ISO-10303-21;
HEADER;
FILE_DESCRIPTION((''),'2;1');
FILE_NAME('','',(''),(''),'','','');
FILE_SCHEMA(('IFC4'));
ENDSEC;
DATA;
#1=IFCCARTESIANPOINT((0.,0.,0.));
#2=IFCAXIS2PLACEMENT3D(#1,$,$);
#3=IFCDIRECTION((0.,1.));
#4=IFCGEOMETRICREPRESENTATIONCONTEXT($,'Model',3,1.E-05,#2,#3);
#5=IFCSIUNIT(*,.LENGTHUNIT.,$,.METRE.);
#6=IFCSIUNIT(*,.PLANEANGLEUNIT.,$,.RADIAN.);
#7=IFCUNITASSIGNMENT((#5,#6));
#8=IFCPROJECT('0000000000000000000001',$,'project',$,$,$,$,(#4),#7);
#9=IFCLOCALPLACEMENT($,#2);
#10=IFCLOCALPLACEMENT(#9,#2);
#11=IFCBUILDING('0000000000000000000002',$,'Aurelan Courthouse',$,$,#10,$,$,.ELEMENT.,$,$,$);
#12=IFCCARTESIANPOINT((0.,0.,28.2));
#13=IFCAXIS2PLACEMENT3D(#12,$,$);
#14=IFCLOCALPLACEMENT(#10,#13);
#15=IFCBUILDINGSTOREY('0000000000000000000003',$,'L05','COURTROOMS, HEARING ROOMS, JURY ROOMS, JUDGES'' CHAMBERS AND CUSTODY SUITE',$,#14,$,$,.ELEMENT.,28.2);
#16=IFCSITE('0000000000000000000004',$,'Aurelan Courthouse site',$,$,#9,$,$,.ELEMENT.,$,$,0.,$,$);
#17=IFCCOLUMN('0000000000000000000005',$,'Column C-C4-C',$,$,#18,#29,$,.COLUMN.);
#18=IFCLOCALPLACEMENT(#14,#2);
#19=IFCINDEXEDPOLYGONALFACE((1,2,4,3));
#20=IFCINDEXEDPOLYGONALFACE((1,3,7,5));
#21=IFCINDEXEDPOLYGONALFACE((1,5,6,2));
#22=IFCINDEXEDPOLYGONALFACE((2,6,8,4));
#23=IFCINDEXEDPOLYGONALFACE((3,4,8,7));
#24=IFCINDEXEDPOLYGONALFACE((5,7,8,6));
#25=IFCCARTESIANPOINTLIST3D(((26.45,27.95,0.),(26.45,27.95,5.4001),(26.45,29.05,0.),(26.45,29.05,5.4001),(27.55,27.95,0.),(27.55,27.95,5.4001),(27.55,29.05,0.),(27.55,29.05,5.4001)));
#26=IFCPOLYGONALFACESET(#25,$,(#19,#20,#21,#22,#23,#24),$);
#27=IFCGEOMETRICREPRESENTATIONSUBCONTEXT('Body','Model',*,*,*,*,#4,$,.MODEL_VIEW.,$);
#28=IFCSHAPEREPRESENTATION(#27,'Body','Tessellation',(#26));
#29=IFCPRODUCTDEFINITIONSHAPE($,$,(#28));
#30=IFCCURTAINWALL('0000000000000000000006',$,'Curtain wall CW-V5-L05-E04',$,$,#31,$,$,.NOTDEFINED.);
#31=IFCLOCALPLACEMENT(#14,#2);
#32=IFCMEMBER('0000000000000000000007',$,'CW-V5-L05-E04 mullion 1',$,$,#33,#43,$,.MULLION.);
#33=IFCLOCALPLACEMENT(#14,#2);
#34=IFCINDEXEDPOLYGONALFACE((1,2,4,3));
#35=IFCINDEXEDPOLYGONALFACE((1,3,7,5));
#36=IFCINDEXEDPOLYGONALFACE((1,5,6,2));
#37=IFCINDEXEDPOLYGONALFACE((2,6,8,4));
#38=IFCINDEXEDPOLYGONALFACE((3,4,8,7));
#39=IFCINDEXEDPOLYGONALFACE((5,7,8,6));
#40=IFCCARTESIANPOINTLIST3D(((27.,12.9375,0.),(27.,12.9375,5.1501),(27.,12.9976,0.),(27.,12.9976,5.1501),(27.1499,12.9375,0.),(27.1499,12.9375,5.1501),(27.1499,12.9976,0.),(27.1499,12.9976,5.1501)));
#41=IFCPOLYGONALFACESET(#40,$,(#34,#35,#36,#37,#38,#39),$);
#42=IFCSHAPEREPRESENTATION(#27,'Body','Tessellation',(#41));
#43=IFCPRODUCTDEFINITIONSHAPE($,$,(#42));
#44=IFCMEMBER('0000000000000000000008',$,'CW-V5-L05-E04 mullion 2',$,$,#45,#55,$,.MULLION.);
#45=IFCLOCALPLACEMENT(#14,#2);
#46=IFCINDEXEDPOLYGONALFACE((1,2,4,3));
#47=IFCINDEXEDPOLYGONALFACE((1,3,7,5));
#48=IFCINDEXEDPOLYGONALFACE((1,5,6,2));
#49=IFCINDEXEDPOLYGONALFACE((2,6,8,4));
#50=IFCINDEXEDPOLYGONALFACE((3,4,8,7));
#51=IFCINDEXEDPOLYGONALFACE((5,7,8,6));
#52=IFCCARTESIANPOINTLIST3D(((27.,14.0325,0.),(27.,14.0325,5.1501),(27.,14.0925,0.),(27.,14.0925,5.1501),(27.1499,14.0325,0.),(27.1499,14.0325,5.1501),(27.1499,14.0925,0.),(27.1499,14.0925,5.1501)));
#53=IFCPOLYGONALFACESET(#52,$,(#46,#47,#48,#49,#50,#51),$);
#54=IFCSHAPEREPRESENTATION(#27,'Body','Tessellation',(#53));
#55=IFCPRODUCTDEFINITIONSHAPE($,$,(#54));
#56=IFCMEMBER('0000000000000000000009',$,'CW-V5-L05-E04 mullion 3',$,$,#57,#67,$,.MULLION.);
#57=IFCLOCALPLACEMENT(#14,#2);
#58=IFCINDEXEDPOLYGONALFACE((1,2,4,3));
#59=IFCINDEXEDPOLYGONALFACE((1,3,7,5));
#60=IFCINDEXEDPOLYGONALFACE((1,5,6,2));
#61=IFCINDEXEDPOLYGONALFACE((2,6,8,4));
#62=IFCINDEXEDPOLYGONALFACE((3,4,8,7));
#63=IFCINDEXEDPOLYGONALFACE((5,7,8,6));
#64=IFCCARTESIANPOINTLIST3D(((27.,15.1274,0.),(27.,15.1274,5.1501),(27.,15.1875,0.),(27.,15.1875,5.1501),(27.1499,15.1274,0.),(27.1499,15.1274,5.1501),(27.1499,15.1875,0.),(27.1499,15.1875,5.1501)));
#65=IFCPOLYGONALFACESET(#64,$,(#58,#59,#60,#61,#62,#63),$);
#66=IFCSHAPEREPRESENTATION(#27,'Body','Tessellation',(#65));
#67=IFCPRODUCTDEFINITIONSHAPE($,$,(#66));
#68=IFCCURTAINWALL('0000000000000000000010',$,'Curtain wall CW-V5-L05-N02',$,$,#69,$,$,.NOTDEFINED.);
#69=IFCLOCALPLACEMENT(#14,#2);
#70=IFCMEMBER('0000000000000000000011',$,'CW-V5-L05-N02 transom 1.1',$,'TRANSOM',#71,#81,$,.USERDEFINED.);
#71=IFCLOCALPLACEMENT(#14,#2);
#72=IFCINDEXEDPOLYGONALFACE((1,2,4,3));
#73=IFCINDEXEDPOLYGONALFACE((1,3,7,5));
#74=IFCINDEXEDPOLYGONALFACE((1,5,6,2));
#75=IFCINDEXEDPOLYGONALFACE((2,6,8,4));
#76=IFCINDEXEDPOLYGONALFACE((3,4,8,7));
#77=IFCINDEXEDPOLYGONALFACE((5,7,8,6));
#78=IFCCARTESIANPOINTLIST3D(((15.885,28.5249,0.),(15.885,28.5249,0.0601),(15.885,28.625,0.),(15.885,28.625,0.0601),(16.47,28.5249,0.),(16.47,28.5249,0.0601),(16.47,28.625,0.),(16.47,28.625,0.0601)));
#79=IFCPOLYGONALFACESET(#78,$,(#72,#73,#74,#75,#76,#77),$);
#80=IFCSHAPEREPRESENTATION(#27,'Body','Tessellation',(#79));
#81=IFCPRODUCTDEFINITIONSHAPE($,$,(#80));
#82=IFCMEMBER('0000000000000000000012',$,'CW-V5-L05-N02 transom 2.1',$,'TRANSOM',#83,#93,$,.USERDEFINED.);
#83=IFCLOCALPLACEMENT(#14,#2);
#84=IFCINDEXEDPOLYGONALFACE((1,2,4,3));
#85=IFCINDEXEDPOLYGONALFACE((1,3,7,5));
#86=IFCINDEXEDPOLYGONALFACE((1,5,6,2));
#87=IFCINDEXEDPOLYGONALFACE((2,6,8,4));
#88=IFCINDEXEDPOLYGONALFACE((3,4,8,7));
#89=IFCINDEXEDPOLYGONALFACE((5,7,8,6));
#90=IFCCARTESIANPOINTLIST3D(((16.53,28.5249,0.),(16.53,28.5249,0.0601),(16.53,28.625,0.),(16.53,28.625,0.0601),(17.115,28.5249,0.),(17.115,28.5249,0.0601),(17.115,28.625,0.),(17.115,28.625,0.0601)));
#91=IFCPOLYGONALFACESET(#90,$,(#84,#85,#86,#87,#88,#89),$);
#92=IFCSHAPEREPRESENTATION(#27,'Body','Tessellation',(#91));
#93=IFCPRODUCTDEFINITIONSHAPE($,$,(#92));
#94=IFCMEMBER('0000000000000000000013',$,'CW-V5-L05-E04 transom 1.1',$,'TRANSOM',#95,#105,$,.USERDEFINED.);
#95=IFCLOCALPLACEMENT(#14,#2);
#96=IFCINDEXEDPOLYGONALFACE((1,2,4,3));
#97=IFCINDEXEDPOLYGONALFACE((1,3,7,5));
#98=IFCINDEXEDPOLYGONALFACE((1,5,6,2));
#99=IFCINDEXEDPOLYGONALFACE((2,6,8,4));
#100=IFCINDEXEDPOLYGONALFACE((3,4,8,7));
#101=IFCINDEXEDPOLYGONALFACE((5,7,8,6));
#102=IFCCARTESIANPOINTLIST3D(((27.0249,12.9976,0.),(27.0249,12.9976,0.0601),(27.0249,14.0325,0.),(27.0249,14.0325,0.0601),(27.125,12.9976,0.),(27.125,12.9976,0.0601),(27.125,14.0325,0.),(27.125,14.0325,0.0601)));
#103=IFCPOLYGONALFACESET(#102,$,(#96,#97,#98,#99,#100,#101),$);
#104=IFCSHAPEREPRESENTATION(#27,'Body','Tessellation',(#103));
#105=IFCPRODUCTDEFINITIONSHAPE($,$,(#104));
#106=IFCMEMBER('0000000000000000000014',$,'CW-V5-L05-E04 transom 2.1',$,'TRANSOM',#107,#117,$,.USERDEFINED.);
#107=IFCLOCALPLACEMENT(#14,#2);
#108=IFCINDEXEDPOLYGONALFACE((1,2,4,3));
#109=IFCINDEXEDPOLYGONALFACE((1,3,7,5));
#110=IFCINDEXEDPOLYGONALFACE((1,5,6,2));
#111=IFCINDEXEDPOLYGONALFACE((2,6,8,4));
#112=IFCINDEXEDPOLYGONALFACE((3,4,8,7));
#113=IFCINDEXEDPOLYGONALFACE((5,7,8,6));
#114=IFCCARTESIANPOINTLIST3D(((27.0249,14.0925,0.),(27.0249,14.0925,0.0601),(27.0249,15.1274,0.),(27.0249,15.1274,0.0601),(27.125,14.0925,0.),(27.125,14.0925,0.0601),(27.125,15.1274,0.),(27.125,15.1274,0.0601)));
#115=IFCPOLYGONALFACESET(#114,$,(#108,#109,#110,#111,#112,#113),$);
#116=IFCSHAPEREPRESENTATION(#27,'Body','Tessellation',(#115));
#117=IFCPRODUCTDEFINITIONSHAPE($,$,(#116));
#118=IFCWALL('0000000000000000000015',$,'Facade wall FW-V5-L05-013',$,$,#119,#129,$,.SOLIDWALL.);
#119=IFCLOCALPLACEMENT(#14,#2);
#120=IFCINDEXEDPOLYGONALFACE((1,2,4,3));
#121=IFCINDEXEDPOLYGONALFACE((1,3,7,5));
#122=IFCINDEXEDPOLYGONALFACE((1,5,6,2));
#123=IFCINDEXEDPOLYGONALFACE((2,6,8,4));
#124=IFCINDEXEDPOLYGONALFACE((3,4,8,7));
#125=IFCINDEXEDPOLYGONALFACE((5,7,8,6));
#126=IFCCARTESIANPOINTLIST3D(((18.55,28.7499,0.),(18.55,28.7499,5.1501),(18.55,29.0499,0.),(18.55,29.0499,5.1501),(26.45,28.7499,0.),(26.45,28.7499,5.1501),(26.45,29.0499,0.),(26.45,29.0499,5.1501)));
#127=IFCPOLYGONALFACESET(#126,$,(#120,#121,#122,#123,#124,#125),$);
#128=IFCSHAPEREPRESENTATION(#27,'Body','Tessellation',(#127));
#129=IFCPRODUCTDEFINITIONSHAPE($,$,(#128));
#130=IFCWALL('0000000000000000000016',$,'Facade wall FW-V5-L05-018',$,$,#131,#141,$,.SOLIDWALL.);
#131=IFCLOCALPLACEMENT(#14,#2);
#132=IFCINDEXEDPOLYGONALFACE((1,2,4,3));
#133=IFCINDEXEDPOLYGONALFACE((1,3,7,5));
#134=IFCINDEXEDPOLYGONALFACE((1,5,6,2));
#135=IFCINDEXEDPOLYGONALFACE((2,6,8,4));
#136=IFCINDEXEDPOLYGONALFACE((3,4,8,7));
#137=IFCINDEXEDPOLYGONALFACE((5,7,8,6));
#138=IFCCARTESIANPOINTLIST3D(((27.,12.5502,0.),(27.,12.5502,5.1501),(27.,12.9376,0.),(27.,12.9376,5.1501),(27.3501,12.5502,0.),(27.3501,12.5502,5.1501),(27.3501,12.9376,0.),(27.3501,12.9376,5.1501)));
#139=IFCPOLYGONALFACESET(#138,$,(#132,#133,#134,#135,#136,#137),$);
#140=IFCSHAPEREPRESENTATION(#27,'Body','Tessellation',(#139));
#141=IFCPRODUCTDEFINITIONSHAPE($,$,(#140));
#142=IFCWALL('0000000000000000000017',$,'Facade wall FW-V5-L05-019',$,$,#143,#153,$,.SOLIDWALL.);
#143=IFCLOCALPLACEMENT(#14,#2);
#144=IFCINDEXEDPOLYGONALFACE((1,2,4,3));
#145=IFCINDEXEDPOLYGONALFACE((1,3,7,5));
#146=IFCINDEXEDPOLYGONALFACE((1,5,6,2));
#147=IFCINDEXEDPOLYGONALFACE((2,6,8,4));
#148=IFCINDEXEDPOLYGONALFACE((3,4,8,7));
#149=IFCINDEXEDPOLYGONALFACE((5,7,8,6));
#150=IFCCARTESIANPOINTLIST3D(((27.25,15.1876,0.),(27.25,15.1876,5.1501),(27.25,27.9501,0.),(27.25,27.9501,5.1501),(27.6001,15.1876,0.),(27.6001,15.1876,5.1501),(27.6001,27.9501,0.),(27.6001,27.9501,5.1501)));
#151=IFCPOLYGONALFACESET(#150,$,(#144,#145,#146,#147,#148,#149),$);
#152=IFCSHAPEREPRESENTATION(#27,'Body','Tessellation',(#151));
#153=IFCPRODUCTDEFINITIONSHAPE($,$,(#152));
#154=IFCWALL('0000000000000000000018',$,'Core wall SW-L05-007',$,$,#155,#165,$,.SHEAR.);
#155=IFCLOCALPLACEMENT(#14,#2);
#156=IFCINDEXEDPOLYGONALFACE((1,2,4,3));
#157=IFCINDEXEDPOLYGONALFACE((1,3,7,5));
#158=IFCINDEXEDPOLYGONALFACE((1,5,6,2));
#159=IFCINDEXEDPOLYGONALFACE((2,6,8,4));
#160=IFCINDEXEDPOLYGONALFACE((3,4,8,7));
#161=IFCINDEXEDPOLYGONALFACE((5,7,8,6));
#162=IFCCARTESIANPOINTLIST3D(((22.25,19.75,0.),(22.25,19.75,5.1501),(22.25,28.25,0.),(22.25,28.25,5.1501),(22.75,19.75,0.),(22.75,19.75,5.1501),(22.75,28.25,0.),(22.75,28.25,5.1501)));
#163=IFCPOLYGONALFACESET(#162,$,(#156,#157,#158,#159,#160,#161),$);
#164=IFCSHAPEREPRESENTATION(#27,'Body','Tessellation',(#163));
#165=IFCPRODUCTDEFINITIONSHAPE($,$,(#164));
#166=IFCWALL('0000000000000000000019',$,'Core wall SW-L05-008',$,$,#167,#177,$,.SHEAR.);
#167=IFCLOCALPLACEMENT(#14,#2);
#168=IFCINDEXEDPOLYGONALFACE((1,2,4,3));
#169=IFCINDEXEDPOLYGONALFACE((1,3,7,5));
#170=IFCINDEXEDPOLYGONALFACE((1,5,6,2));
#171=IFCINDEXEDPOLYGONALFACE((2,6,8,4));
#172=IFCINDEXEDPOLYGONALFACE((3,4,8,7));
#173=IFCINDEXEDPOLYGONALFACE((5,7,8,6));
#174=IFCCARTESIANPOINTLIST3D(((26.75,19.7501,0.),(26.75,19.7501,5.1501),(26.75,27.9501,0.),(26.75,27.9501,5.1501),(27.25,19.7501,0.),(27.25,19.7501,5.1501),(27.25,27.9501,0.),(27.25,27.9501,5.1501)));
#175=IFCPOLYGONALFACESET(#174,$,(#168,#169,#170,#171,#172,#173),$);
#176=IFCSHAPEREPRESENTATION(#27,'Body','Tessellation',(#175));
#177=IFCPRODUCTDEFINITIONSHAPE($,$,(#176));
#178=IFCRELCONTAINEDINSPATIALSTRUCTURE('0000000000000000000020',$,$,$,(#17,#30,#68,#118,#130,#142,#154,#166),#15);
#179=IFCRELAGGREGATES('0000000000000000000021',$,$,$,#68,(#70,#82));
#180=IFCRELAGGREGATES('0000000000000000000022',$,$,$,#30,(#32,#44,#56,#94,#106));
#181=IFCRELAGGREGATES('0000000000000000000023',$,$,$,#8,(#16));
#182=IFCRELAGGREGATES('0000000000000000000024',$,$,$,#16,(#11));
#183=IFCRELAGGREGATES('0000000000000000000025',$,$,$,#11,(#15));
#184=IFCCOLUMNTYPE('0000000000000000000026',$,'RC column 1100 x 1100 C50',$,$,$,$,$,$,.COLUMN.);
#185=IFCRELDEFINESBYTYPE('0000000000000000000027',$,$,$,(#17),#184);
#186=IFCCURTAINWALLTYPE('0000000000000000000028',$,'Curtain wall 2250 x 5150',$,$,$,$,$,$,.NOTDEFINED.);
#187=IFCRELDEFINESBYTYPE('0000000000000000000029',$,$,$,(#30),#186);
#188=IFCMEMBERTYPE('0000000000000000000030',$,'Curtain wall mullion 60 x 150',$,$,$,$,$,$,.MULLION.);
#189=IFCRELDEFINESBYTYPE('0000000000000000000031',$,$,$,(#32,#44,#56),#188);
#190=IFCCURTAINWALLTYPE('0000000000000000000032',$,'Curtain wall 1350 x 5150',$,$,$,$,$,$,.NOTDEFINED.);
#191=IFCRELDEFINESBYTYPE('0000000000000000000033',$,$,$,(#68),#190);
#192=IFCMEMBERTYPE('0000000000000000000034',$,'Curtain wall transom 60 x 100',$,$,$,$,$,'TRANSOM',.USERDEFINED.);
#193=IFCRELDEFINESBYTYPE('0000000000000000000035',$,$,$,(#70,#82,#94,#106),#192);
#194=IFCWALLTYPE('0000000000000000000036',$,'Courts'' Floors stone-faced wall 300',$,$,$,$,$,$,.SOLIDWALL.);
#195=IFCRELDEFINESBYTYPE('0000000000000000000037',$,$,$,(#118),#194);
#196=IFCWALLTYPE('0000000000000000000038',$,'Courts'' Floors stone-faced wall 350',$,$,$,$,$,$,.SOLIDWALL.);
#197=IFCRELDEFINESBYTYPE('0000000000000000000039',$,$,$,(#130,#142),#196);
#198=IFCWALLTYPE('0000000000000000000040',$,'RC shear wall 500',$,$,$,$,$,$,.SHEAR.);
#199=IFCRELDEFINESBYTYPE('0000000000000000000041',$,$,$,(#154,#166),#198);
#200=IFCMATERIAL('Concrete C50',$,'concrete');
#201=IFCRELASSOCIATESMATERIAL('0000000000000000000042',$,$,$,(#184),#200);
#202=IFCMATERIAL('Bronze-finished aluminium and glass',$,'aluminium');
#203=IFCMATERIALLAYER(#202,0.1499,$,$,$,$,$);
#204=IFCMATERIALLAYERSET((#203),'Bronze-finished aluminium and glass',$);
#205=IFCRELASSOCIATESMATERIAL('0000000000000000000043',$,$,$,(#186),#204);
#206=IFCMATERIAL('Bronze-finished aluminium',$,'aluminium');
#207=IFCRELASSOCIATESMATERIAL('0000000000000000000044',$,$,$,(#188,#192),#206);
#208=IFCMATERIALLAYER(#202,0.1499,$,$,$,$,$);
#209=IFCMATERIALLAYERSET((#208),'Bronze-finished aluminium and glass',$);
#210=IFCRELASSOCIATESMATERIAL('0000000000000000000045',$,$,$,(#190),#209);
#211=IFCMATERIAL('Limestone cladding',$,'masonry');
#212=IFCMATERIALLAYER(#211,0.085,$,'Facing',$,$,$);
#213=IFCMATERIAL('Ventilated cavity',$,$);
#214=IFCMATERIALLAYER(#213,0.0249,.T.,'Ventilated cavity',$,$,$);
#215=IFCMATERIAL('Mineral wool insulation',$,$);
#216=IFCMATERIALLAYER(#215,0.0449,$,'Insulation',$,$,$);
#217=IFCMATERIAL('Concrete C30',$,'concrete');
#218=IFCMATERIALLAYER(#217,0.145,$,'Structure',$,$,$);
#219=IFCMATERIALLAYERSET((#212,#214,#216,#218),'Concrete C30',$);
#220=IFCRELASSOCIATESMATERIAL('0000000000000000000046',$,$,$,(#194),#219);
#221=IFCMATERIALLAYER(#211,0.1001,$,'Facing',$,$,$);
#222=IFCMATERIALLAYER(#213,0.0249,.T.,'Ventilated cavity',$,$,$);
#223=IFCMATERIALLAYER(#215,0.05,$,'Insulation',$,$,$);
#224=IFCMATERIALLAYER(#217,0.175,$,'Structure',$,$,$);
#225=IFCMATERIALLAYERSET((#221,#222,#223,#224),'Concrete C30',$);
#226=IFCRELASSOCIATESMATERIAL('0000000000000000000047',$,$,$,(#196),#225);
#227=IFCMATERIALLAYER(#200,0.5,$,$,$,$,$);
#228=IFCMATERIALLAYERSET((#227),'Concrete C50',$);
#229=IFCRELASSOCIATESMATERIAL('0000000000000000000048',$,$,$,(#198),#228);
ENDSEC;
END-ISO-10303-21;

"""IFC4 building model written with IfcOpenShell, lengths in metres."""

from ifc_helpers import new_model, si_unit, direction, frame, frame_2d, origin, origin_2d, place, context, subcontext, project, spatial, rectangle, extrude, material, layer, layer_set, material_profile, profile_set, type_object, element, aggregate, save


model = new_model("IFC4")

# Units and contexts
model_context = context("Model", 3, precision=1e-05, world=origin(), true_north=direction((0.0, 1.0)))
body_context = subcontext(model_context, "Body", "Model", "MODEL_VIEW")
ifc_project = project(units=[si_unit("LENGTHUNIT", "METRE"), si_unit("PLANEANGLEUNIT", "RADIAN")], contexts=[model_context])

# Site, building, storey
site_placement = place(None, origin())
site = spatial("IfcSite", under=ifc_project, at=site_placement, Name="Aurelan Courthouse site", CompositionType="ELEMENT", RefElevation=0.0)
building_placement = place(site_placement, origin())
building = spatial("IfcBuilding", under=site, at=building_placement, Name="Aurelan Courthouse", CompositionType="ELEMENT")
storey_placement = place(building_placement, frame((0.0, 0.0, 28.2)))
storey = spatial("IfcBuildingStorey", under=building, at=storey_placement, Name="L05", Description="COURTROOMS, HEARING ROOMS, JURY ROOMS, JUDGES' CHAMBERS AND CUSTODY SUITE", CompositionType="ELEMENT", Elevation=28.2)

# Column
ifc_material_1 = material(Name="Concrete C50", Category="concrete")
ifc_material_profile_1 = material_profile(ifc_material_1, rectangle(XDim=1.1001, YDim=1.1001, at=origin_2d()), Name="RC 1100 x 1100")
ifc_profile_set_1 = profile_set([ifc_material_profile_1], Name="Concrete C50")
column_type = type_object("IfcColumnType", Name="RC column 1100 x 1100 C50", PredefinedType="COLUMN", material=ifc_profile_set_1)
column_placement = place(storey_placement, frame((27.0, 28.5, 0.0), z_axis=(0.0, 0.0, 1.0), x_axis=(1.0, 0.0, 0.0)))
element("IfcColumn", 1, at=column_placement, inside=storey, type_object=column_type, Name="Column C-C4-C", PredefinedType="COLUMN", context=body_context, shape_type="SweptSolid", body=[
    extrude(rectangle(XDim=1.1001, YDim=1.1001, at=origin_2d()), origin(), (0.0, 0.0, 1.0), 5.4001),
])

# Curtain walls, members
ifc_material_2 = material(Name="Bronze-finished aluminium and glass", Category="aluminium")
ifc_layer_1 = layer(ifc_material_2, 0.1499)
ifc_layer_set_1 = layer_set([ifc_layer_1], Name="Bronze-finished aluminium and glass")
curtain_wall_type_1 = type_object("IfcCurtainWallType", Name="Curtain wall 2250 x 5150", PredefinedType="NOTDEFINED", material=ifc_layer_set_1)
curtain_wall_1_placement = place(storey_placement, origin())
curtain_wall_1 = element("IfcCurtainWall", 2, at=curtain_wall_1_placement, inside=storey, type_object=curtain_wall_type_1, Name="Curtain wall CW-V5-L05-E04", PredefinedType="NOTDEFINED")
ifc_material_3 = material(Name="Bronze-finished aluminium", Category="aluminium")
ifc_material_profile_2 = material_profile(ifc_material_3, rectangle(XDim=0.1499, YDim=0.0601, at=origin_2d()), Name="Bronze mullion 60 x 150")
ifc_profile_set_2 = profile_set([ifc_material_profile_2], Name="Bronze-finished aluminium")
member_type_1 = type_object("IfcMemberType", Name="Curtain wall mullion 60 x 150", PredefinedType="MULLION", material=ifc_profile_set_2)
member_1_placement = place(storey_placement, frame((27.075, 12.9675, 0.0), z_axis=(0.0, 0.0, 1.0), x_axis=(-1.0, 0.0, 0.0)))
member_1 = element("IfcMember", 3, at=member_1_placement, type_object=member_type_1, Name="CW-V5-L05-E04 mullion 1", PredefinedType="MULLION", context=body_context, shape_type="SweptSolid", body=[
    extrude(rectangle(XDim=0.1499, YDim=0.0601, at=origin_2d()), origin(), (0.0, 0.0, 1.0), 5.1501),
])
member_2_placement = place(storey_placement, frame((27.075, 14.0625, 0.0), z_axis=(0.0, 0.0, 1.0), x_axis=(-1.0, 0.0, 0.0)))
member_2 = element("IfcMember", 4, at=member_2_placement, type_object=member_type_1, Name="CW-V5-L05-E04 mullion 2", PredefinedType="MULLION", context=body_context, shape_type="SweptSolid", body=[
    extrude(rectangle(XDim=0.1499, YDim=0.0601, at=origin_2d()), origin(), (0.0, 0.0, 1.0), 5.1501),
])
member_3_placement = place(storey_placement, frame((27.075, 15.1575, 0.0), z_axis=(0.0, 0.0, 1.0), x_axis=(-1.0, 0.0, 0.0)))
member_3 = element("IfcMember", 5, at=member_3_placement, type_object=member_type_1, Name="CW-V5-L05-E04 mullion 3", PredefinedType="MULLION", context=body_context, shape_type="SweptSolid", body=[
    extrude(rectangle(XDim=0.1499, YDim=0.0601, at=origin_2d()), origin(), (0.0, 0.0, 1.0), 5.1501),
])
ifc_layer_2 = layer(ifc_material_2, 0.1499)
ifc_layer_set_2 = layer_set([ifc_layer_2], Name="Bronze-finished aluminium and glass")
curtain_wall_type_2 = type_object("IfcCurtainWallType", Name="Curtain wall 1350 x 5150", PredefinedType="NOTDEFINED", material=ifc_layer_set_2)
curtain_wall_2_placement = place(storey_placement, origin())
curtain_wall_2 = element("IfcCurtainWall", 6, at=curtain_wall_2_placement, inside=storey, type_object=curtain_wall_type_2, Name="Curtain wall CW-V5-L05-N02", PredefinedType="NOTDEFINED")
ifc_material_profile_3 = material_profile(ifc_material_3, rectangle(XDim=0.1001, YDim=0.0601, at=origin_2d()), Name="Bronze transom 60 x 100")
ifc_profile_set_3 = profile_set([ifc_material_profile_3], Name="Bronze-finished aluminium")
member_type_2 = type_object("IfcMemberType", Name="Curtain wall transom 60 x 100", ElementType="TRANSOM", PredefinedType="USERDEFINED", material=ifc_profile_set_3)
member_4_placement = place(storey_placement, frame((15.885, 28.575, 0.03), z_axis=(1.0, 0.0, 0.0), x_axis=(0.0, 1.0, 0.0)))
member_4 = element("IfcMember", 7, at=member_4_placement, type_object=member_type_2, Name="CW-V5-L05-N02 transom 1.1", ObjectType="TRANSOM", PredefinedType="USERDEFINED", context=body_context, shape_type="SweptSolid", body=[
    extrude(rectangle(XDim=0.1001, YDim=0.0601, at=origin_2d()), origin(), (0.0, 0.0, 1.0), 0.585),
])
member_5_placement = place(storey_placement, frame((16.53, 28.575, 0.03), z_axis=(1.0, 0.0, 0.0), x_axis=(0.0, 1.0, 0.0)))
member_5 = element("IfcMember", 8, at=member_5_placement, type_object=member_type_2, Name="CW-V5-L05-N02 transom 2.1", ObjectType="TRANSOM", PredefinedType="USERDEFINED", context=body_context, shape_type="SweptSolid", body=[
    extrude(rectangle(XDim=0.1001, YDim=0.0601, at=origin_2d()), origin(), (0.0, 0.0, 1.0), 0.585),
])
aggregate(curtain_wall_2, [member_4, member_5])

# Members
member_6_placement = place(storey_placement, frame((27.075, 12.9976, 0.03), z_axis=(0.0, 1.0, 0.0), x_axis=(-1.0, 0.0, 0.0)))
member_6 = element("IfcMember", 9, at=member_6_placement, type_object=member_type_2, Name="CW-V5-L05-E04 transom 1.1", ObjectType="TRANSOM", PredefinedType="USERDEFINED", context=body_context, shape_type="SweptSolid", body=[
    extrude(rectangle(XDim=0.1001, YDim=0.0601, at=origin_2d()), origin(), (0.0, 0.0, 1.0), 1.0349),
])
member_7_placement = place(storey_placement, frame((27.075, 14.0925, 0.03), z_axis=(0.0, 1.0, 0.0), x_axis=(-1.0, 0.0, 0.0)))
member_7 = element("IfcMember", 10, at=member_7_placement, type_object=member_type_2, Name="CW-V5-L05-E04 transom 2.1", ObjectType="TRANSOM", PredefinedType="USERDEFINED", context=body_context, shape_type="SweptSolid", body=[
    extrude(rectangle(XDim=0.1001, YDim=0.0601, at=origin_2d()), origin(), (0.0, 0.0, 1.0), 1.0349),
])
aggregate(curtain_wall_1, [member_1, member_2, member_3, member_6, member_7])

# Walls
ifc_material_4 = material(Name="Limestone cladding", Category="masonry")
ifc_layer_3 = layer(ifc_material_4, 0.085, Name="Facing")
ifc_material_5 = material(Name="Ventilated cavity")
ifc_layer_4 = layer(ifc_material_5, 0.0249, ventilated=True, Name="Ventilated cavity")
ifc_material_6 = material(Name="Mineral wool insulation")
ifc_layer_5 = layer(ifc_material_6, 0.0449, Name="Insulation")
ifc_material_7 = material(Name="Concrete C30", Category="concrete")
ifc_layer_6 = layer(ifc_material_7, 0.145, Name="Structure")
ifc_layer_set_3 = layer_set([ifc_layer_3, ifc_layer_4, ifc_layer_5, ifc_layer_6], Name="Concrete C30")
wall_type_1 = type_object("IfcWallType", Name="Courts' Floors stone-faced wall 300", PredefinedType="SOLIDWALL", material=ifc_layer_set_3)
wall_1_placement = place(storey_placement, frame((18.55, 28.8999, 0.0), z_axis=(0.0, 0.0, 1.0), x_axis=(1.0, 0.0, 0.0)))
element("IfcWall", 11, at=wall_1_placement, inside=storey, type_object=wall_type_1, Name="Facade wall FW-V5-L05-013", PredefinedType="SOLIDWALL", context=body_context, shape_type="SweptSolid", body=[
    extrude(rectangle(XDim=7.8999, YDim=0.3, at=frame_2d((3.95, 0.0))), origin(), (0.0, 0.0, 1.0), 5.1501),
])
ifc_layer_7 = layer(ifc_material_4, 0.1001, Name="Facing")
ifc_layer_8 = layer(ifc_material_5, 0.0249, ventilated=True, Name="Ventilated cavity")
ifc_layer_9 = layer(ifc_material_6, 0.05, Name="Insulation")
ifc_layer_10 = layer(ifc_material_7, 0.175, Name="Structure")
ifc_layer_set_4 = layer_set([ifc_layer_7, ifc_layer_8, ifc_layer_9, ifc_layer_10], Name="Concrete C30")
wall_type_2 = type_object("IfcWallType", Name="Courts' Floors stone-faced wall 350", PredefinedType="SOLIDWALL", material=ifc_layer_set_4)
wall_2_placement = place(storey_placement, frame((27.175, 12.55, 0.0), z_axis=(0.0, 0.0, 1.0), x_axis=(0.0, 1.0, 0.0)))
element("IfcWall", 12, at=wall_2_placement, inside=storey, type_object=wall_type_2, Name="Facade wall FW-V5-L05-018", PredefinedType="SOLIDWALL", context=body_context, shape_type="SweptSolid", body=[
    extrude(rectangle(XDim=0.3875, YDim=0.3501, at=frame_2d((0.1938, 0.0))), origin(), (0.0, 0.0, 1.0), 5.1501),
])
wall_3_placement = place(storey_placement, frame((27.425, 15.1875, 0.0), z_axis=(0.0, 0.0, 1.0), x_axis=(0.0, 1.0, 0.0)))
element("IfcWall", 13, at=wall_3_placement, inside=storey, type_object=wall_type_2, Name="Facade wall FW-V5-L05-019", PredefinedType="SOLIDWALL", context=body_context, shape_type="SweptSolid", body=[
    extrude(rectangle(XDim=12.7625, YDim=0.3501, at=frame_2d((6.3813, 0.0))), origin(), (0.0, 0.0, 1.0), 5.1501),
])
ifc_layer_11 = layer(ifc_material_1, 0.5)
ifc_layer_set_5 = layer_set([ifc_layer_11], Name="Concrete C50")
wall_type_3 = type_object("IfcWallType", Name="RC shear wall 500", PredefinedType="SHEAR", material=ifc_layer_set_5)
wall_4_placement = place(storey_placement, frame((22.5, 19.75, 0.0), z_axis=(0.0, 0.0, 1.0), x_axis=(0.0, 1.0, 0.0)))
element("IfcWall", 14, at=wall_4_placement, inside=storey, type_object=wall_type_3, Name="Core wall SW-L05-007", PredefinedType="SHEAR", context=body_context, shape_type="SweptSolid", body=[
    extrude(rectangle(XDim=8.5, YDim=0.5, at=frame_2d((4.25, 0.0))), origin(), (0.0, 0.0, 1.0), 5.1501),
])
wall_5_placement = place(storey_placement, frame((27.0, 19.75, 0.0), z_axis=(0.0, 0.0, 1.0), x_axis=(0.0, 1.0, 0.0)))
element("IfcWall", 15, at=wall_5_placement, inside=storey, type_object=wall_type_3, Name="Core wall SW-L05-008", PredefinedType="SHEAR", context=body_context, shape_type="SweptSolid", body=[
    extrude(rectangle(XDim=8.2, YDim=0.5, at=frame_2d((4.1001, 0.0))), origin(), (0.0, 0.0, 1.0), 5.1501),
])

save(model, "model.ifc")
